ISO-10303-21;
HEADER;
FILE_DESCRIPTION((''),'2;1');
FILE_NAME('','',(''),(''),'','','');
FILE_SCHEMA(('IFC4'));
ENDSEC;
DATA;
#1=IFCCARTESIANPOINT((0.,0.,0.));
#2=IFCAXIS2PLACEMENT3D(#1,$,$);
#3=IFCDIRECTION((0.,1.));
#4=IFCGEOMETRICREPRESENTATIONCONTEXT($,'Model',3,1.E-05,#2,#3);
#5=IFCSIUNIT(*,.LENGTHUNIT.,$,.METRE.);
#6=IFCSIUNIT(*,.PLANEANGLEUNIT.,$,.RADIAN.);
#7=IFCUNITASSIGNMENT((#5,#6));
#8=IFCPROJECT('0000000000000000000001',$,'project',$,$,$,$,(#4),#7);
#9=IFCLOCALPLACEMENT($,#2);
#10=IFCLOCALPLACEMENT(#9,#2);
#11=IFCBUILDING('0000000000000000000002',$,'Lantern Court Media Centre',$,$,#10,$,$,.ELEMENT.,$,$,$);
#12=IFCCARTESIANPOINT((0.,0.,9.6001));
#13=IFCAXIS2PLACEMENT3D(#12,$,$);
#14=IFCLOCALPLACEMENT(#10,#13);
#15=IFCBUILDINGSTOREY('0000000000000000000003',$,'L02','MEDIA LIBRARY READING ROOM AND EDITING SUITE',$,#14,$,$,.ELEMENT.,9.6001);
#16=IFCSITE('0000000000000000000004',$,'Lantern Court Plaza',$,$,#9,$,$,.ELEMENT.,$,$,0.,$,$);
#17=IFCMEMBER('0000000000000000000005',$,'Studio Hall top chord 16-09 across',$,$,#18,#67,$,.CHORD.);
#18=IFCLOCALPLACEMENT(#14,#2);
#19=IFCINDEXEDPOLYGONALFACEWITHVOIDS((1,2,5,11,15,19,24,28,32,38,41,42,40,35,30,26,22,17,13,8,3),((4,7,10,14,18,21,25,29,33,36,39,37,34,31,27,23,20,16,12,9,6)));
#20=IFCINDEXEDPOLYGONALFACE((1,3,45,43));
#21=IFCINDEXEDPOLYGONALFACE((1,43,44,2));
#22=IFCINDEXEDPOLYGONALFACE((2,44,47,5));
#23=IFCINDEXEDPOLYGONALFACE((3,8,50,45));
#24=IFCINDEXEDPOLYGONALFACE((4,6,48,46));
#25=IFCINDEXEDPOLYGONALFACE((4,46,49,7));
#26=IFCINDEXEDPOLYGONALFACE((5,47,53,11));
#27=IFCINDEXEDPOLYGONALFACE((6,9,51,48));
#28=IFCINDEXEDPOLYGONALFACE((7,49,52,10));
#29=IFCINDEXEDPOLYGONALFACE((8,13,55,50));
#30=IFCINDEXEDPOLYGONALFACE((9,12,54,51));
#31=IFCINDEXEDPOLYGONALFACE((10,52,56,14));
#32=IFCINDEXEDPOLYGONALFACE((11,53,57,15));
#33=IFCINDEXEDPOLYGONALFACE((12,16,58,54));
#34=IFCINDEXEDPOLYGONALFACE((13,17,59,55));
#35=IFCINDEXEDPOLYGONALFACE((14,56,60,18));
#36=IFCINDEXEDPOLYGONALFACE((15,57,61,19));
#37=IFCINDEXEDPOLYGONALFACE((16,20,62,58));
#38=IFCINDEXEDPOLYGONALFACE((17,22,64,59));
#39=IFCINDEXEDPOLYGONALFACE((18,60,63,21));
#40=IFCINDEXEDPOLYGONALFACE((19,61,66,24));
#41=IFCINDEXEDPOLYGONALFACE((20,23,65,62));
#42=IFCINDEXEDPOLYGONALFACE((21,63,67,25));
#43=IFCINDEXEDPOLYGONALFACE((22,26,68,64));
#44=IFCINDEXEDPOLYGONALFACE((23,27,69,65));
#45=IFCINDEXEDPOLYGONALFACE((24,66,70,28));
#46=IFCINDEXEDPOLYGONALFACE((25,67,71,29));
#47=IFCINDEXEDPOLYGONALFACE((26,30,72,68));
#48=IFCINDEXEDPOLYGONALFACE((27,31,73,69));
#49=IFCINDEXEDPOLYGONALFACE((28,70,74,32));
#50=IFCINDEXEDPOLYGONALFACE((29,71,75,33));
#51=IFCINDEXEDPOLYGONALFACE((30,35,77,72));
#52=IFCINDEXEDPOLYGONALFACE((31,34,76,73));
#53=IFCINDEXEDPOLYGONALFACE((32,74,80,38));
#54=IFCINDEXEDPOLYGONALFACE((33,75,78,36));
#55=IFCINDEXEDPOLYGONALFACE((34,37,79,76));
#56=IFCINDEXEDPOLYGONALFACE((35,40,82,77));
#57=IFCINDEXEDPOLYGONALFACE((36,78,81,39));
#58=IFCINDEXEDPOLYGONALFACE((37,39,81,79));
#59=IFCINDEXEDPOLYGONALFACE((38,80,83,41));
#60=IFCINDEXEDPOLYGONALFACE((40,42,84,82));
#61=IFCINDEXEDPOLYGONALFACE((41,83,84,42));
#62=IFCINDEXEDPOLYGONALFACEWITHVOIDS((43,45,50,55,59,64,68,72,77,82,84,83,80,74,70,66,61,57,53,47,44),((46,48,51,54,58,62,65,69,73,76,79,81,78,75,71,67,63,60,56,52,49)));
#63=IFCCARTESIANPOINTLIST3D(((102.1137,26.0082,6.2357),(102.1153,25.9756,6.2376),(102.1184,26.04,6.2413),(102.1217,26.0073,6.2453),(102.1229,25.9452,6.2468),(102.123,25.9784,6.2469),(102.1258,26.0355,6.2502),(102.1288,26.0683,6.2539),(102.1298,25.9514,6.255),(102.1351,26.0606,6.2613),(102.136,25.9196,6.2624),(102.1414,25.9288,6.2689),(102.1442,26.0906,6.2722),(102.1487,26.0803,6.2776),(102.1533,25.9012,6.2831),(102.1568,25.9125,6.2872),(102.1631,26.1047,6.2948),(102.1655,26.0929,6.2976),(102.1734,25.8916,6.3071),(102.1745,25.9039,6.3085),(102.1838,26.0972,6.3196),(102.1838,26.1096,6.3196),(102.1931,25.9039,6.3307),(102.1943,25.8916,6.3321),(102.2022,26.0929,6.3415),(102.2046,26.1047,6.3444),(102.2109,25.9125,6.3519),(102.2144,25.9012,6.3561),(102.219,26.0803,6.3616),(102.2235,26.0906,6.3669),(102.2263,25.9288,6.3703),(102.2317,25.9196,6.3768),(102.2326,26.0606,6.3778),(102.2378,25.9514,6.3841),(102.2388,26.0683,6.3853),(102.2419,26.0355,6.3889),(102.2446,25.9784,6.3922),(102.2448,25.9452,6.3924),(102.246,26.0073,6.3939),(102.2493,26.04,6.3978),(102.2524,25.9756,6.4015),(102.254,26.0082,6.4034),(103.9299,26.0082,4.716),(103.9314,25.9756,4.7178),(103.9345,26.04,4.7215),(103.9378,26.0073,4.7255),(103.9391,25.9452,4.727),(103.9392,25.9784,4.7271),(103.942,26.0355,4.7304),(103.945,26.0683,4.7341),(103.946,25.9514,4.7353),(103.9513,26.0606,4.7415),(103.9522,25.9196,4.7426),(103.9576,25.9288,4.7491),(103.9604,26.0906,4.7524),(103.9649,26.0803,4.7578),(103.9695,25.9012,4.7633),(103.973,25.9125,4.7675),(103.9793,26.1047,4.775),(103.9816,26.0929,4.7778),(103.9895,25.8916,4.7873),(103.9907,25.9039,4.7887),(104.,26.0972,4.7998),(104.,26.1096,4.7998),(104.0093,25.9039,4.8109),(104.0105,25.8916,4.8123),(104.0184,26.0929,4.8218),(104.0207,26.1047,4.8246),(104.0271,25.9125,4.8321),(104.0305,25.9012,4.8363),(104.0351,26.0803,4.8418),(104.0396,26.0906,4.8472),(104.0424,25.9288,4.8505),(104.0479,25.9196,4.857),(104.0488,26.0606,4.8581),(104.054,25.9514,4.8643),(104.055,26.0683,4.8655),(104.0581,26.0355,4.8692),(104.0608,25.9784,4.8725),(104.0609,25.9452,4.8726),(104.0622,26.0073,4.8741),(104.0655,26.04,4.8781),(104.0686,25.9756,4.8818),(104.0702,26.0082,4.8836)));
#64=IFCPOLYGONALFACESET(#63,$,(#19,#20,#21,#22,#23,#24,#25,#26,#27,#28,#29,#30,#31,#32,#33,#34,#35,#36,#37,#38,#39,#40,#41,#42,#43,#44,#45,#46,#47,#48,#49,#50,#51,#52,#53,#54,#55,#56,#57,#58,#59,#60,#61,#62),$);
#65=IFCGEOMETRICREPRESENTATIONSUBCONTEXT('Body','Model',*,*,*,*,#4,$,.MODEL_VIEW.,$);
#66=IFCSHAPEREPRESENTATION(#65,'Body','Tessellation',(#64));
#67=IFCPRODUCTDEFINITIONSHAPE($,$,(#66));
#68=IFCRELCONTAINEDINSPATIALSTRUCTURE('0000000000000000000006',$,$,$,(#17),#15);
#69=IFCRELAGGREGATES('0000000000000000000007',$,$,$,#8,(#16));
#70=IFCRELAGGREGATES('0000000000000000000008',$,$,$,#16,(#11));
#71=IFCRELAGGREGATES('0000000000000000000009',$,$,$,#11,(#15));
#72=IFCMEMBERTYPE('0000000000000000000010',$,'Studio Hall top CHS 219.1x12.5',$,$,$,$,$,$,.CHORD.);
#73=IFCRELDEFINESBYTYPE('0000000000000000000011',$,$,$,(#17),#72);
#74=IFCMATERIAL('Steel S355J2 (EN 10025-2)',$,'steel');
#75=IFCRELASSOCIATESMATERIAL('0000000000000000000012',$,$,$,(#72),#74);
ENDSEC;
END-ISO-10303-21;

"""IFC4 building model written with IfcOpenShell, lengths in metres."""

from ifc_helpers import new_model, si_unit, direction, frame, origin, origin_2d, place, context, subcontext, project, spatial, hollow_circle, extrude, material, material_profile, profile_set, type_object, element, save


model = new_model("IFC4")

# Units and contexts
model_context = context("Model", 3, precision=1e-05, world=origin(), true_north=direction((0.0, 1.0)))
body_context = subcontext(model_context, "Body", "Model", "MODEL_VIEW")
ifc_project = project(units=[si_unit("LENGTHUNIT", "METRE"), si_unit("PLANEANGLEUNIT", "RADIAN")], contexts=[model_context])

# Site, building, storey
site_placement = place(None, origin())
site = spatial("IfcSite", under=ifc_project, at=site_placement, Name="Lantern Court Plaza", CompositionType="ELEMENT", RefElevation=0.0)
building_placement = place(site_placement, origin())
building = spatial("IfcBuilding", under=site, at=building_placement, Name="Lantern Court Media Centre", CompositionType="ELEMENT")
storey_placement = place(building_placement, frame((0.0, 0.0, 9.6001)))
storey = spatial("IfcBuildingStorey", under=building, at=storey_placement, Name="L02", Description="MEDIA LIBRARY READING ROOM AND EDITING SUITE", CompositionType="ELEMENT", Elevation=9.6001)

# Member
ifc_material = material(Name="Steel S355J2 (EN 10025-2)", Category="steel")
ifc_material_profile_1 = material_profile(ifc_material, hollow_circle(Radius=0.1096, WallThickness=0.0125, at=origin_2d()), Name="Studio Hall top CHS 219.1x12.5")
ifc_profile_set_1 = profile_set([ifc_material_profile_1], Name="Steel S355J2 (EN 10025-2)")
member_type_1 = type_object("IfcMemberType", Name="Studio Hall top CHS 219.1x12.5", PredefinedType="CHORD", material=ifc_profile_set_1)
member_1_placement = place(storey_placement, frame((102.1838, 26.0, 6.3196), z_axis=(0.76691, 0.0, -0.641755), x_axis=(0.0, 1.0, 0.0)))
element("IfcMember", 1, at=member_1_placement, inside=storey, type_object=member_type_1, Name="Studio Hall top chord 16-09 across", PredefinedType="CHORD", context=body_context, shape_type="SweptSolid", body=[
    extrude(hollow_circle(Radius=0.1096, WallThickness=0.0125, at=origin_2d()), origin(), (0.0, 0.0, 1.0), 2.3682),
])

save(model, "model.ifc")
